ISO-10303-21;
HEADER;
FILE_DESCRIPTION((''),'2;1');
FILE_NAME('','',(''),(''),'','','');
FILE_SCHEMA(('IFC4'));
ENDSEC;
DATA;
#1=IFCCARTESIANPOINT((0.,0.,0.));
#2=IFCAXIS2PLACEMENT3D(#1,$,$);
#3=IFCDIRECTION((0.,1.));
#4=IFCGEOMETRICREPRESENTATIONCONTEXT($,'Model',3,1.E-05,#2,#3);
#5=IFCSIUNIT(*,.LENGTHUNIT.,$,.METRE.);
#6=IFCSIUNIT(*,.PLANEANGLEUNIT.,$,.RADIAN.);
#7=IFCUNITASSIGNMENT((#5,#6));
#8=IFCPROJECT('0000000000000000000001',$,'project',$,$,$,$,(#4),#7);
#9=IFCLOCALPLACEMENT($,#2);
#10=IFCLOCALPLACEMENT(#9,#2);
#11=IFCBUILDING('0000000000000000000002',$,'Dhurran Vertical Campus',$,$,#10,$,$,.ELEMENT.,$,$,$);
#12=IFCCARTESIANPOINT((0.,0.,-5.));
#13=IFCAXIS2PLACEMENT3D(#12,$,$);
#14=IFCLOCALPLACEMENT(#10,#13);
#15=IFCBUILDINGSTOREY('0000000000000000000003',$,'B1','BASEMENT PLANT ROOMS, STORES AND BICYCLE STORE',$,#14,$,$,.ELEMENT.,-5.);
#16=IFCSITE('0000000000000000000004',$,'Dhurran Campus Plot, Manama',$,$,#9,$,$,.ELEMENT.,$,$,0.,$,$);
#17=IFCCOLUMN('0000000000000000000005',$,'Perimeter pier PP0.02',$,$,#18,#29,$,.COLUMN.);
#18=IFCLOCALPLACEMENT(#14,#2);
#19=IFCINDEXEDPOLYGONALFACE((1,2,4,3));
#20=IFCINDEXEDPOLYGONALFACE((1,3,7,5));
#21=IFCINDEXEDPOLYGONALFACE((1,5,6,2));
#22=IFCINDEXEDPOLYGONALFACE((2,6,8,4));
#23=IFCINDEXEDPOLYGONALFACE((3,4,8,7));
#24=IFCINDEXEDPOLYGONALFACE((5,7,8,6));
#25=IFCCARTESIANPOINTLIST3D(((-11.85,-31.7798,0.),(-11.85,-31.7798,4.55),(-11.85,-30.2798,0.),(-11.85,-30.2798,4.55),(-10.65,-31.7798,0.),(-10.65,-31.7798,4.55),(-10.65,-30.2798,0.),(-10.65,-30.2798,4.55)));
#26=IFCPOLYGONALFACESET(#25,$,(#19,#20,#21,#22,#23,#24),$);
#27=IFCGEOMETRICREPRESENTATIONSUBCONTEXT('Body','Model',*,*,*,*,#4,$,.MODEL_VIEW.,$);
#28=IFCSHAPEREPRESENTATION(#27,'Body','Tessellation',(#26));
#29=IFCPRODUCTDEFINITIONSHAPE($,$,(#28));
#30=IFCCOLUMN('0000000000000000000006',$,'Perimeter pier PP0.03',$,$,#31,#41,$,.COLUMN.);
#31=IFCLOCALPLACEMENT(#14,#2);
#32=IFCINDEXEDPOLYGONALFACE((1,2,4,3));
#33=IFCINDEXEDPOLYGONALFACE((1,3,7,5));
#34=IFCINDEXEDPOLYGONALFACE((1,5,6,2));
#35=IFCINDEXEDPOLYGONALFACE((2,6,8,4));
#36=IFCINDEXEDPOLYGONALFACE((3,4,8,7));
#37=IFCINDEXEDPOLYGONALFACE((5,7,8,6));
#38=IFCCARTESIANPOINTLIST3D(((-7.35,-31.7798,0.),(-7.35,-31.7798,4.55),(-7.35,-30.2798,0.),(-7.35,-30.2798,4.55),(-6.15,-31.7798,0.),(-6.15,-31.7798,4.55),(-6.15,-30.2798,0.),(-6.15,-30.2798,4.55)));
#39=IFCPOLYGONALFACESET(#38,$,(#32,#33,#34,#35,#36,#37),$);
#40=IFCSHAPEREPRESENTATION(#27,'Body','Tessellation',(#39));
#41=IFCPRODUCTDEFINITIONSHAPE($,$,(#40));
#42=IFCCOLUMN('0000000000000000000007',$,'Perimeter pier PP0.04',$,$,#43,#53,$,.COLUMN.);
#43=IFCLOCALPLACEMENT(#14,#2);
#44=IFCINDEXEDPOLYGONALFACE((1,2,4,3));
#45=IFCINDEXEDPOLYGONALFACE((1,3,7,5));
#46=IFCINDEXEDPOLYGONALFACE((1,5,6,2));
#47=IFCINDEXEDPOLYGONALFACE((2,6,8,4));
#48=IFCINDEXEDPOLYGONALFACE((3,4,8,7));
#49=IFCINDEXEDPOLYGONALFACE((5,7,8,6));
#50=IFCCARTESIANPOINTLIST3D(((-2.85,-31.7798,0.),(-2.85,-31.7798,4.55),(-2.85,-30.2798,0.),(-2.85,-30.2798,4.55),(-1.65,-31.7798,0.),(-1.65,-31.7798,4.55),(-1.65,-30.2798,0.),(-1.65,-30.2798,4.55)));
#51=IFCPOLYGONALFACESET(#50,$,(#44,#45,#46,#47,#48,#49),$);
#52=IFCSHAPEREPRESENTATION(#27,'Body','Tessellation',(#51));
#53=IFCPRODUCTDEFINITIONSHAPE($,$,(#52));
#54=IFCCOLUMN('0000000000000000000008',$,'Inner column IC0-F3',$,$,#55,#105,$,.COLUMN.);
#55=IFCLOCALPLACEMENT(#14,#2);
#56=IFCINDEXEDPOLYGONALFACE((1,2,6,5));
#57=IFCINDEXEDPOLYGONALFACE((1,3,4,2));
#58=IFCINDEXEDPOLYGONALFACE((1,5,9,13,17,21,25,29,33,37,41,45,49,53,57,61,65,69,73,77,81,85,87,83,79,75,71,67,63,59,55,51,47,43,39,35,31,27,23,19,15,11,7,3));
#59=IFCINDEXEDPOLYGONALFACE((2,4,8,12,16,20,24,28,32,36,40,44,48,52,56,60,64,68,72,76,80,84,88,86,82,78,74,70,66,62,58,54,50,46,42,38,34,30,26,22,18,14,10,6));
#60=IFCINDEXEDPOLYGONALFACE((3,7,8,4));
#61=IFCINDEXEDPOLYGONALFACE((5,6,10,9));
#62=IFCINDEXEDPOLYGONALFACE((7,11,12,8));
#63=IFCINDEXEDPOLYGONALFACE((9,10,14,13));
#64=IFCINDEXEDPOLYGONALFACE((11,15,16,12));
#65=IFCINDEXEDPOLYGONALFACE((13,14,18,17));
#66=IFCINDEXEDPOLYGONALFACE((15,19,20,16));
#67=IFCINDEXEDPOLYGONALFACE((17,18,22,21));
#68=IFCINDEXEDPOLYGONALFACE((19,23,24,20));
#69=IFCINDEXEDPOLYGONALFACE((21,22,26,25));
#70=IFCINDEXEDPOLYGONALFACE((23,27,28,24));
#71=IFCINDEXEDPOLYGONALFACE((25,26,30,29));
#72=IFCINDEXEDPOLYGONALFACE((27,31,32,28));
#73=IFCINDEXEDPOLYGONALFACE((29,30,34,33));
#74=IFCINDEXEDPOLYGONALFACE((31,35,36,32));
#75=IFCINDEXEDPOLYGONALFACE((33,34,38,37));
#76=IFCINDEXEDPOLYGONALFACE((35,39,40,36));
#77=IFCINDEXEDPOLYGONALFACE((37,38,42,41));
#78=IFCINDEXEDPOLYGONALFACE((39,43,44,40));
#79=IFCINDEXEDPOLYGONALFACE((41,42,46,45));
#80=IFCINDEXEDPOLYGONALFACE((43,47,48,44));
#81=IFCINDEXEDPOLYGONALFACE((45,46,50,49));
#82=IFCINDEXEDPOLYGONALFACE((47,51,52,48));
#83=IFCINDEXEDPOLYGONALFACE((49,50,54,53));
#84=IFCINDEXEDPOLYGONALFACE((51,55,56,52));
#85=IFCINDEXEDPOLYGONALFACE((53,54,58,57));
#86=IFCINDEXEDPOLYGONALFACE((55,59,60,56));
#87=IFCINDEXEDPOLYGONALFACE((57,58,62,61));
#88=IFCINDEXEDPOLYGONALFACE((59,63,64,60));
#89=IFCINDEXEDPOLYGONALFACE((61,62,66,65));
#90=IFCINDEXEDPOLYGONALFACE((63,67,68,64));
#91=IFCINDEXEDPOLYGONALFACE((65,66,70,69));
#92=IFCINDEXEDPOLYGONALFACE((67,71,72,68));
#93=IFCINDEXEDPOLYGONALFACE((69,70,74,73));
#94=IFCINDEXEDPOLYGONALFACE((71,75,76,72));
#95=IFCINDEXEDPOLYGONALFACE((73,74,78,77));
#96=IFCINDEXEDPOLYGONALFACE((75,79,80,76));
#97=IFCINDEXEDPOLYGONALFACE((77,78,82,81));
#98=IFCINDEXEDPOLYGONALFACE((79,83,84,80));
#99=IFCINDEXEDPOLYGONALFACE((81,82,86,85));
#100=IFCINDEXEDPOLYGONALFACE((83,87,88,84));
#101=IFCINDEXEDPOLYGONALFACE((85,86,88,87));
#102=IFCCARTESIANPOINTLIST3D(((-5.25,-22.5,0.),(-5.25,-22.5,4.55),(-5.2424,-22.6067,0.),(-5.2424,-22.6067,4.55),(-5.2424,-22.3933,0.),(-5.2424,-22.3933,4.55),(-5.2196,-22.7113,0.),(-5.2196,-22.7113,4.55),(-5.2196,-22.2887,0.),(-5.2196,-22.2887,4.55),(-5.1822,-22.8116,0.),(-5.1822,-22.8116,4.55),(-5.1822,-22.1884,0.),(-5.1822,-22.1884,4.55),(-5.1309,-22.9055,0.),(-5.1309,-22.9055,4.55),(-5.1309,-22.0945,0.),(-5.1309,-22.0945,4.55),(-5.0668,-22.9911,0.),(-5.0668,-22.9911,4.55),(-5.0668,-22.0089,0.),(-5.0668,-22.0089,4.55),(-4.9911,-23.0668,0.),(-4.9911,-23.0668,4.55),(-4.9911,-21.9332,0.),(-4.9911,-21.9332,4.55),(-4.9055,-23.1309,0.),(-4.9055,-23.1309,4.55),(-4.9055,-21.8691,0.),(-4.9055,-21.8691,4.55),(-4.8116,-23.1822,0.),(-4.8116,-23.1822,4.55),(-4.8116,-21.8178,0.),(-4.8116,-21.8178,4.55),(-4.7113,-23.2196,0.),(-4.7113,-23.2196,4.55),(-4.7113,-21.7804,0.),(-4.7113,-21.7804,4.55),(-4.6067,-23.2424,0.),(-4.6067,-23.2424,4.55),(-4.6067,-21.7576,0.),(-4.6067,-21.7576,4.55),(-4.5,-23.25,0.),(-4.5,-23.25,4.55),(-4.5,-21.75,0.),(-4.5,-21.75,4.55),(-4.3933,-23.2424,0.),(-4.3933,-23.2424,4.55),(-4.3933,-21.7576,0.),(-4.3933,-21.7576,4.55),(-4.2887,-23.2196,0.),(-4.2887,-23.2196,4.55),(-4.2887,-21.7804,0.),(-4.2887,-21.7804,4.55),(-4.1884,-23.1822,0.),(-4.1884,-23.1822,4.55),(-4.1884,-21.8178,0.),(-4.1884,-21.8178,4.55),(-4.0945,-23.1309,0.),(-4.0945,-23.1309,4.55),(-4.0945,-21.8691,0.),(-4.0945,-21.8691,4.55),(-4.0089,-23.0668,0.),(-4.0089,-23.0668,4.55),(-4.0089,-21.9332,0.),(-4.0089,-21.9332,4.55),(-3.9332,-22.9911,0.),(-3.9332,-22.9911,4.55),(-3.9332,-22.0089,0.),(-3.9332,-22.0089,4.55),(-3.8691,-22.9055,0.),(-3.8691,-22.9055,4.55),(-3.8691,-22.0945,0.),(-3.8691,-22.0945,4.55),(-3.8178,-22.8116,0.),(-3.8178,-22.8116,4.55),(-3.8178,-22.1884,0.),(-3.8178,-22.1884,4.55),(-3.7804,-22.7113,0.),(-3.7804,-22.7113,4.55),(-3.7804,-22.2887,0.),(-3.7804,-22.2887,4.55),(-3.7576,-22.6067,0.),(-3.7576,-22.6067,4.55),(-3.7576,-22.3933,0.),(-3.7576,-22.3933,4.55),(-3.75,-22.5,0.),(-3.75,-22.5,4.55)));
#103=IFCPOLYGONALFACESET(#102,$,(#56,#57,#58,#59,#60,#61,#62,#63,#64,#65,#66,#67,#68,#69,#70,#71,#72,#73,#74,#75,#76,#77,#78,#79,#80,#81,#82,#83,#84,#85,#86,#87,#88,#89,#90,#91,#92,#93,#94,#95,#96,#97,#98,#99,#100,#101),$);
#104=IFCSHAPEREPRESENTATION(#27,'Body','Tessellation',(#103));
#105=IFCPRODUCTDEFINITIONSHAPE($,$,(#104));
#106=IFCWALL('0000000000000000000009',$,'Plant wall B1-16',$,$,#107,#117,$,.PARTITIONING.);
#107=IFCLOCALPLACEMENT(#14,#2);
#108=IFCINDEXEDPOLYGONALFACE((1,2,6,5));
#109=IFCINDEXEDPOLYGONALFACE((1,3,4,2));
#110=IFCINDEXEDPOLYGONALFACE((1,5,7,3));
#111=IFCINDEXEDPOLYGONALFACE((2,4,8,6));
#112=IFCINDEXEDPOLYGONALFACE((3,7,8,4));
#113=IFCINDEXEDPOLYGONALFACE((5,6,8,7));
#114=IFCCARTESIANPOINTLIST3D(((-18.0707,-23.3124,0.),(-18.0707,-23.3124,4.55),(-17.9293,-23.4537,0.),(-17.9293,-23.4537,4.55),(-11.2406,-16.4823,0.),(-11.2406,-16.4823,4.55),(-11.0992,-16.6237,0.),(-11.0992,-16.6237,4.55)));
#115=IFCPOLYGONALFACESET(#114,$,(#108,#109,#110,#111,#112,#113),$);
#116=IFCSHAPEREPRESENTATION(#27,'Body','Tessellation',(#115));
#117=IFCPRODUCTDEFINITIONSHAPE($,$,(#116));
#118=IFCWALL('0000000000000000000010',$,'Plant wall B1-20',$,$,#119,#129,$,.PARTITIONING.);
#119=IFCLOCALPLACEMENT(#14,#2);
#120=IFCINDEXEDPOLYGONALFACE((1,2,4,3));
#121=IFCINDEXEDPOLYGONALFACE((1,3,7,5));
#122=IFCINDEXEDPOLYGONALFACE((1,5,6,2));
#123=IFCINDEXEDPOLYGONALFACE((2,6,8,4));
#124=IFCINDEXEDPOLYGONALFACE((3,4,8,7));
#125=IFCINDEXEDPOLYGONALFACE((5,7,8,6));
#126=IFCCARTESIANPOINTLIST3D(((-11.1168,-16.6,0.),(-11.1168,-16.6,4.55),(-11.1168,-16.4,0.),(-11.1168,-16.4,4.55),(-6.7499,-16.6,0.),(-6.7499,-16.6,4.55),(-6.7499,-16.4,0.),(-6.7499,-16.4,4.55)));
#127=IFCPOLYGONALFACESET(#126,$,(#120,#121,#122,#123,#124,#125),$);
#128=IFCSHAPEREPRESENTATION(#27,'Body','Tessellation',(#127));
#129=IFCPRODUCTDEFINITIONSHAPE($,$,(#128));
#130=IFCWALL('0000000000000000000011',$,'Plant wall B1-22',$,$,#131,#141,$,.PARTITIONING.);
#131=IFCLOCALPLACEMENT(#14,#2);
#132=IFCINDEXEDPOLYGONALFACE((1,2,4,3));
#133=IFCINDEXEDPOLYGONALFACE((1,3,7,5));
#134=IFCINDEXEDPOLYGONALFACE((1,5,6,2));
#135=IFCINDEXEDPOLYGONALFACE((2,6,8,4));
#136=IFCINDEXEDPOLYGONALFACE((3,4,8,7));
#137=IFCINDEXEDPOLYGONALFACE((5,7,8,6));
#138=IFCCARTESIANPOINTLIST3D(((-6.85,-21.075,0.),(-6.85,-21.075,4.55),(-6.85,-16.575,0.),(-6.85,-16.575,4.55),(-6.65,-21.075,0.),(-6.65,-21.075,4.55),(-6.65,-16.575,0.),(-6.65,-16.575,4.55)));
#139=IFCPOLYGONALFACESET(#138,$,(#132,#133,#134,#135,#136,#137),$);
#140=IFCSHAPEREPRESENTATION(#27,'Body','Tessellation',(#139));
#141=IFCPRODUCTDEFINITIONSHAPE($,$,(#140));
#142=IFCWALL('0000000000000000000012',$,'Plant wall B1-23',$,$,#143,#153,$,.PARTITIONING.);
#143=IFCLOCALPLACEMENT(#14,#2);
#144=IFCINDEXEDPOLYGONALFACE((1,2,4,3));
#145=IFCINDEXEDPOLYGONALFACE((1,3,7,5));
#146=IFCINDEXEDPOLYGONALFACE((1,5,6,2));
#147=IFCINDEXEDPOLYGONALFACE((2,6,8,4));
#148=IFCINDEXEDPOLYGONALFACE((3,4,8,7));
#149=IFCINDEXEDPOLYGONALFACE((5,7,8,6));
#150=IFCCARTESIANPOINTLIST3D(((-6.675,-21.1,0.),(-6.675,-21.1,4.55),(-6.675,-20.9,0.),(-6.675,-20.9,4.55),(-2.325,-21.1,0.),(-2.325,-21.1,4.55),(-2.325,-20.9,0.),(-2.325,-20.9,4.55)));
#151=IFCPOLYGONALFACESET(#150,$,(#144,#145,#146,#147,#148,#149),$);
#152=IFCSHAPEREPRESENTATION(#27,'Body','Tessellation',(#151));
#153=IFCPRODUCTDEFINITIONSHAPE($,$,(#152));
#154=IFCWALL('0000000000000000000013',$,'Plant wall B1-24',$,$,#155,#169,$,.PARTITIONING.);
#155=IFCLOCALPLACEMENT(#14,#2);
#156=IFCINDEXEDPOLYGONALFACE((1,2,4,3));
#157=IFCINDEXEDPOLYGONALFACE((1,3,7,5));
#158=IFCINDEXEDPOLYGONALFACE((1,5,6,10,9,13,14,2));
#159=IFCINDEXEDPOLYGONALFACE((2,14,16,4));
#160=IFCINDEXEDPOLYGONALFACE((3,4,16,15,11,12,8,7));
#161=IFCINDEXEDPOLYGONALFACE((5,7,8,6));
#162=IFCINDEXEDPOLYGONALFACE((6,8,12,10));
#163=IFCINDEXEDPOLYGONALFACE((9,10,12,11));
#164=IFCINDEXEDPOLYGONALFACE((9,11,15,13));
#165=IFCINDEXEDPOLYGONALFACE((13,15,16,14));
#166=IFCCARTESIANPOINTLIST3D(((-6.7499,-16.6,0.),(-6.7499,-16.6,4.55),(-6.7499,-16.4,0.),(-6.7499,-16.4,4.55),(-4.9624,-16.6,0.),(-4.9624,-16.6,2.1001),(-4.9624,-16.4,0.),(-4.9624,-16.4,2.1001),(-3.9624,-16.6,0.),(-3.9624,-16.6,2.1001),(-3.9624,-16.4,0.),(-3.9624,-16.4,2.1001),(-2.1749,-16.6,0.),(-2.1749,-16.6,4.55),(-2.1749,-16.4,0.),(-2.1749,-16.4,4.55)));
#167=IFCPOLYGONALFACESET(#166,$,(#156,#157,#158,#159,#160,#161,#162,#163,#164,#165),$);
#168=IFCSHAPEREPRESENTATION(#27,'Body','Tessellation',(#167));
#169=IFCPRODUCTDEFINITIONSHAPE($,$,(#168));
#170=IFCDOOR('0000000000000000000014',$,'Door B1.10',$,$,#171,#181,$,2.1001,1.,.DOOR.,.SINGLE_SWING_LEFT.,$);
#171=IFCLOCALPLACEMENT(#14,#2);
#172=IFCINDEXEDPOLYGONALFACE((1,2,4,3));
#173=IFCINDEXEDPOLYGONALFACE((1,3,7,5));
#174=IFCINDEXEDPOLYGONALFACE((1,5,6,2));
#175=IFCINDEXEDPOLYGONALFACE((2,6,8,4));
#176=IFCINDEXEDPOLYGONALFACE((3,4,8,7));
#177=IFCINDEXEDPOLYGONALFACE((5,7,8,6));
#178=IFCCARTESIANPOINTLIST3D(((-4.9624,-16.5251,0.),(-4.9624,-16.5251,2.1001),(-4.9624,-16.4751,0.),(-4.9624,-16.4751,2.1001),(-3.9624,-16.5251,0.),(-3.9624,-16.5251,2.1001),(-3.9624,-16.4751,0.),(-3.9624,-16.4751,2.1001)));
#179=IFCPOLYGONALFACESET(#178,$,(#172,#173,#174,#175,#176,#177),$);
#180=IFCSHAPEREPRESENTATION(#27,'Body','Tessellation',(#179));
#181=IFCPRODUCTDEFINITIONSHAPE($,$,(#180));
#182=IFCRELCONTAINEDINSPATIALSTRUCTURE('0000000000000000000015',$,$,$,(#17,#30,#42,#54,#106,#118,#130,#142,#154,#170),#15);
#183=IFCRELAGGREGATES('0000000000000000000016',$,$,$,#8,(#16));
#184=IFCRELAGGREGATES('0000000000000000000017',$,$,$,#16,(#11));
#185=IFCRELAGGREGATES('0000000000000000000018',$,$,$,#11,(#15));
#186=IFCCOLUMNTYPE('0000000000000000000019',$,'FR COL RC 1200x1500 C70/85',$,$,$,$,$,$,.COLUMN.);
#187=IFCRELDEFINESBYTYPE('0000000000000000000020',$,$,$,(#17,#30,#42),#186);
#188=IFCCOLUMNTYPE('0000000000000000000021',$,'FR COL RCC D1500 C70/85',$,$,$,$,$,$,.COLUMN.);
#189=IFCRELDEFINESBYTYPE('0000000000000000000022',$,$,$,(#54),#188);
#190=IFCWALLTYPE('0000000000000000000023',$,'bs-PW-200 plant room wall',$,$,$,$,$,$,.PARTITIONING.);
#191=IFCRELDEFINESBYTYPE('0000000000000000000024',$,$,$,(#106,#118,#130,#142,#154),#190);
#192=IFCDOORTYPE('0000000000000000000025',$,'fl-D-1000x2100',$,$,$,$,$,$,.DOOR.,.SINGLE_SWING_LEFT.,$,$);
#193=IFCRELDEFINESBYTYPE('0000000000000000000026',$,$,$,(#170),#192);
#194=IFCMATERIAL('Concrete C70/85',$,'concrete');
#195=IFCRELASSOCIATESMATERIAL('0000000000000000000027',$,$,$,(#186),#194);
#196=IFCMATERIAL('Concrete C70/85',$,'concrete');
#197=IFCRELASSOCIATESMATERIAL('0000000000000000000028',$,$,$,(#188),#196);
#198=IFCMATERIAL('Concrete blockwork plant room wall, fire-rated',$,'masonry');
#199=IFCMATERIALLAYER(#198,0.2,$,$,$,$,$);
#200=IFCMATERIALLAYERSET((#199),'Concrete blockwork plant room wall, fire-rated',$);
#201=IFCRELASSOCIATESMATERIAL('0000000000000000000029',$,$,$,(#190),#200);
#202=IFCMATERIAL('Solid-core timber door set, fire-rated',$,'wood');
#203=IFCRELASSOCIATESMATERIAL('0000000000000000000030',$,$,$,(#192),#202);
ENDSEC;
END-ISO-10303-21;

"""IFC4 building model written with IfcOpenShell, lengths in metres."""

from ifc_helpers import new_model, si_unit, direction, frame, frame_2d, origin, origin_2d, place, context, subcontext, project, spatial, rectangle, circle, extrude, material, layer, layer_set, material_profile, profile_set, type_object, element, fill, save


model = new_model("IFC4")

# Units and contexts
model_context = context("Model", 3, precision=1e-05, world=origin(), true_north=direction((0.0, 1.0)))
body_context = subcontext(model_context, "Body", "Model", "MODEL_VIEW")
ifc_project = project(units=[si_unit("LENGTHUNIT", "METRE"), si_unit("PLANEANGLEUNIT", "RADIAN")], contexts=[model_context])

# Site, building, storey
site_placement = place(None, origin())
site = spatial("IfcSite", under=ifc_project, at=site_placement, Name="Dhurran Campus Plot, Manama", CompositionType="ELEMENT", RefElevation=0.0)
building_placement = place(site_placement, origin())
building = spatial("IfcBuilding", under=site, at=building_placement, Name="Dhurran Vertical Campus", CompositionType="ELEMENT")
storey_placement = place(building_placement, frame((0.0, 0.0, -5.0)))
storey = spatial("IfcBuildingStorey", under=building, at=storey_placement, Name="B1", Description="BASEMENT PLANT ROOMS, STORES AND BICYCLE STORE", CompositionType="ELEMENT", Elevation=-5.0)

# Columns
ifc_material_1 = material(Name="Concrete C70/85", Category="concrete")
ifc_material_profile_1 = material_profile(ifc_material_1, rectangle(XDim=1.2, YDim=1.5, at=origin_2d()), Name="RC 1200x1500")
ifc_profile_set_1 = profile_set([ifc_material_profile_1], Name="Concrete C70/85")
column_type_1 = type_object("IfcColumnType", Name="FR COL RC 1200x1500 C70/85", PredefinedType="COLUMN", material=ifc_profile_set_1)
for number, where, z_axis, x_axis, name in (
    (1, (-11.25, -31.0298, 0.0), (0.0, 0.0, 1.0), (1.0, 0.0, 0.0), "Perimeter pier PP0.02"),
    (2, (-6.75, -31.0298, 0.0), (0.0, 0.0, 1.0), (1.0, 0.0, 0.0), "Perimeter pier PP0.03"),
    (3, (-2.25, -31.0298, 0.0), (0.0, 0.0, 1.0), (1.0, 0.0, 0.0), "Perimeter pier PP0.04"),
):
    element("IfcColumn", number, at=place(storey_placement, frame(where, z_axis=z_axis, x_axis=x_axis)), inside=storey, type_object=column_type_1, Name=name, PredefinedType="COLUMN", context=body_context, shape_type="SweptSolid", body=[
        extrude(rectangle(XDim=1.2, YDim=1.5, at=origin_2d()), origin(), (0.0, 0.0, 1.0), 4.55),
    ])
ifc_material_2 = material(Name="Concrete C70/85", Category="concrete")
ifc_material_profile_2 = material_profile(ifc_material_2, circle(Radius=0.75, at=origin_2d()), Name="RCC D1500")
ifc_profile_set_2 = profile_set([ifc_material_profile_2], Name="Concrete C70/85")
column_type_2 = type_object("IfcColumnType", Name="FR COL RCC D1500 C70/85", PredefinedType="COLUMN", material=ifc_profile_set_2)
column_placement = place(storey_placement, frame((-4.5, -22.5, 0.0), z_axis=(0.0, 0.0, 1.0), x_axis=(1.0, 0.0, 0.0)))
element("IfcColumn", 4, at=column_placement, inside=storey, type_object=column_type_2, Name="Inner column IC0-F3", PredefinedType="COLUMN", context=body_context, shape_type="SweptSolid", body=[
    extrude(circle(Radius=0.75, at=origin_2d()), origin(), (0.0, 0.0, 1.0), 4.55),
])

# Walls
ifc_material_3 = material(Name="Concrete blockwork plant room wall, fire-rated", Category="masonry")
ifc_layer_1 = layer(ifc_material_3, 0.2)
ifc_layer_set_1 = layer_set([ifc_layer_1], Name="Concrete blockwork plant room wall, fire-rated")
wall_type_1 = type_object("IfcWallType", Name="bs-PW-200 plant room wall", PredefinedType="PARTITIONING", material=ifc_layer_set_1)
wall_1_placement = place(storey_placement, frame((-11.1699, -16.553, 0.0), z_axis=(0.0, 0.0, 1.0), x_axis=(-0.707107, -0.707107, 0.0)))
element("IfcWall", 5, at=wall_1_placement, inside=storey, type_object=wall_type_1, Name="Plant wall B1-16", PredefinedType="PARTITIONING", context=body_context, shape_type="SweptSolid", body=[
    extrude(rectangle(XDim=9.6592, YDim=0.2, at=frame_2d((4.8296, 0.0))), origin(), (0.0, 0.0, 1.0), 4.55),
])
wall_2_placement = place(storey_placement, frame((-11.1169, -16.5, 0.0), z_axis=(0.0, 0.0, 1.0), x_axis=(1.0, 0.0, 0.0)))
element("IfcWall", 6, at=wall_2_placement, inside=storey, type_object=wall_type_1, Name="Plant wall B1-20", PredefinedType="PARTITIONING", context=body_context, shape_type="SweptSolid", body=[
    extrude(rectangle(XDim=4.3669, YDim=0.2, at=frame_2d((2.1836, 0.0))), origin(), (0.0, 0.0, 1.0), 4.55),
])
wall_3_placement = place(storey_placement, frame((-6.75, -16.575, 0.0), z_axis=(0.0, 0.0, 1.0), x_axis=(0.0, -1.0, 0.0)))
element("IfcWall", 7, at=wall_3_placement, inside=storey, type_object=wall_type_1, Name="Plant wall B1-22", PredefinedType="PARTITIONING", context=body_context, shape_type="SweptSolid", body=[
    extrude(rectangle(XDim=4.5, YDim=0.2, at=frame_2d((2.25, 0.0))), origin(), (0.0, 0.0, 1.0), 4.55),
])
wall_4_placement = place(storey_placement, frame((-6.675, -21.0, 0.0), z_axis=(0.0, 0.0, 1.0), x_axis=(1.0, 0.0, 0.0)))
element("IfcWall", 8, at=wall_4_placement, inside=storey, type_object=wall_type_1, Name="Plant wall B1-23", PredefinedType="PARTITIONING", context=body_context, shape_type="SweptSolid", body=[
    extrude(rectangle(XDim=4.3501, YDim=0.2, at=frame_2d((2.175, 0.0))), origin(), (0.0, 0.0, 1.0), 4.55),
])

# Wall, opening, door
wall_5_placement = place(storey_placement, frame((-6.75, -16.5, 0.0), z_axis=(0.0, 0.0, 1.0), x_axis=(1.0, 0.0, 0.0)))
wall_5 = element("IfcWall", 9, at=wall_5_placement, inside=storey, type_object=wall_type_1, Name="Plant wall B1-24", PredefinedType="PARTITIONING", context=body_context, shape_type="SweptSolid", body=[
    extrude(rectangle(XDim=4.575, YDim=0.2, at=frame_2d((2.2876, 0.0))), origin(), (0.0, 0.0, 1.0), 4.55),
])
opening_1_placement = place(wall_5_placement, frame((1.7876, 0.0, 0.0)))
opening_1 = element("IfcOpeningElement", 10, at=opening_1_placement, cuts=wall_5, PredefinedType="OPENING", context=body_context, shape_type="SweptSolid", body=[
    extrude(rectangle(XDim=1.0, YDim=2.1001, at=frame_2d((0.5, 1.05))), frame((0.0, 0.1099, 0.0), z_axis=(0.0, -1.0, 0.0), x_axis=(1.0, 0.0, 0.0)), (0.0, 0.0, 1.0), 0.22),
])
ifc_material_4 = material(Name="Solid-core timber door set, fire-rated", Category="wood")
door_type_1 = type_object("IfcDoorType", Name="fl-D-1000x2100", OperationType="SINGLE_SWING_LEFT", PredefinedType="DOOR", material=ifc_material_4)
door_1_placement = place(opening_1_placement, origin())
door_1 = element("IfcDoor", 11, at=door_1_placement, inside=storey, type_object=door_type_1, Name="Door B1.10", OperationType="SINGLE_SWING_LEFT", OverallHeight=2.1001, OverallWidth=1.0, PredefinedType="DOOR", context=body_context, shape_type="SweptSolid", body=[
    extrude(rectangle(XDim=1.0, YDim=2.1001, at=frame_2d((0.5, 1.05))), frame((0.0, 0.0249, 0.0), z_axis=(0.0, -1.0, 0.0), x_axis=(1.0, 0.0, 0.0)), (0.0, 0.0, 1.0), 0.05),
])
fill(opening_1, door_1)

save(model, "model.ifc")
